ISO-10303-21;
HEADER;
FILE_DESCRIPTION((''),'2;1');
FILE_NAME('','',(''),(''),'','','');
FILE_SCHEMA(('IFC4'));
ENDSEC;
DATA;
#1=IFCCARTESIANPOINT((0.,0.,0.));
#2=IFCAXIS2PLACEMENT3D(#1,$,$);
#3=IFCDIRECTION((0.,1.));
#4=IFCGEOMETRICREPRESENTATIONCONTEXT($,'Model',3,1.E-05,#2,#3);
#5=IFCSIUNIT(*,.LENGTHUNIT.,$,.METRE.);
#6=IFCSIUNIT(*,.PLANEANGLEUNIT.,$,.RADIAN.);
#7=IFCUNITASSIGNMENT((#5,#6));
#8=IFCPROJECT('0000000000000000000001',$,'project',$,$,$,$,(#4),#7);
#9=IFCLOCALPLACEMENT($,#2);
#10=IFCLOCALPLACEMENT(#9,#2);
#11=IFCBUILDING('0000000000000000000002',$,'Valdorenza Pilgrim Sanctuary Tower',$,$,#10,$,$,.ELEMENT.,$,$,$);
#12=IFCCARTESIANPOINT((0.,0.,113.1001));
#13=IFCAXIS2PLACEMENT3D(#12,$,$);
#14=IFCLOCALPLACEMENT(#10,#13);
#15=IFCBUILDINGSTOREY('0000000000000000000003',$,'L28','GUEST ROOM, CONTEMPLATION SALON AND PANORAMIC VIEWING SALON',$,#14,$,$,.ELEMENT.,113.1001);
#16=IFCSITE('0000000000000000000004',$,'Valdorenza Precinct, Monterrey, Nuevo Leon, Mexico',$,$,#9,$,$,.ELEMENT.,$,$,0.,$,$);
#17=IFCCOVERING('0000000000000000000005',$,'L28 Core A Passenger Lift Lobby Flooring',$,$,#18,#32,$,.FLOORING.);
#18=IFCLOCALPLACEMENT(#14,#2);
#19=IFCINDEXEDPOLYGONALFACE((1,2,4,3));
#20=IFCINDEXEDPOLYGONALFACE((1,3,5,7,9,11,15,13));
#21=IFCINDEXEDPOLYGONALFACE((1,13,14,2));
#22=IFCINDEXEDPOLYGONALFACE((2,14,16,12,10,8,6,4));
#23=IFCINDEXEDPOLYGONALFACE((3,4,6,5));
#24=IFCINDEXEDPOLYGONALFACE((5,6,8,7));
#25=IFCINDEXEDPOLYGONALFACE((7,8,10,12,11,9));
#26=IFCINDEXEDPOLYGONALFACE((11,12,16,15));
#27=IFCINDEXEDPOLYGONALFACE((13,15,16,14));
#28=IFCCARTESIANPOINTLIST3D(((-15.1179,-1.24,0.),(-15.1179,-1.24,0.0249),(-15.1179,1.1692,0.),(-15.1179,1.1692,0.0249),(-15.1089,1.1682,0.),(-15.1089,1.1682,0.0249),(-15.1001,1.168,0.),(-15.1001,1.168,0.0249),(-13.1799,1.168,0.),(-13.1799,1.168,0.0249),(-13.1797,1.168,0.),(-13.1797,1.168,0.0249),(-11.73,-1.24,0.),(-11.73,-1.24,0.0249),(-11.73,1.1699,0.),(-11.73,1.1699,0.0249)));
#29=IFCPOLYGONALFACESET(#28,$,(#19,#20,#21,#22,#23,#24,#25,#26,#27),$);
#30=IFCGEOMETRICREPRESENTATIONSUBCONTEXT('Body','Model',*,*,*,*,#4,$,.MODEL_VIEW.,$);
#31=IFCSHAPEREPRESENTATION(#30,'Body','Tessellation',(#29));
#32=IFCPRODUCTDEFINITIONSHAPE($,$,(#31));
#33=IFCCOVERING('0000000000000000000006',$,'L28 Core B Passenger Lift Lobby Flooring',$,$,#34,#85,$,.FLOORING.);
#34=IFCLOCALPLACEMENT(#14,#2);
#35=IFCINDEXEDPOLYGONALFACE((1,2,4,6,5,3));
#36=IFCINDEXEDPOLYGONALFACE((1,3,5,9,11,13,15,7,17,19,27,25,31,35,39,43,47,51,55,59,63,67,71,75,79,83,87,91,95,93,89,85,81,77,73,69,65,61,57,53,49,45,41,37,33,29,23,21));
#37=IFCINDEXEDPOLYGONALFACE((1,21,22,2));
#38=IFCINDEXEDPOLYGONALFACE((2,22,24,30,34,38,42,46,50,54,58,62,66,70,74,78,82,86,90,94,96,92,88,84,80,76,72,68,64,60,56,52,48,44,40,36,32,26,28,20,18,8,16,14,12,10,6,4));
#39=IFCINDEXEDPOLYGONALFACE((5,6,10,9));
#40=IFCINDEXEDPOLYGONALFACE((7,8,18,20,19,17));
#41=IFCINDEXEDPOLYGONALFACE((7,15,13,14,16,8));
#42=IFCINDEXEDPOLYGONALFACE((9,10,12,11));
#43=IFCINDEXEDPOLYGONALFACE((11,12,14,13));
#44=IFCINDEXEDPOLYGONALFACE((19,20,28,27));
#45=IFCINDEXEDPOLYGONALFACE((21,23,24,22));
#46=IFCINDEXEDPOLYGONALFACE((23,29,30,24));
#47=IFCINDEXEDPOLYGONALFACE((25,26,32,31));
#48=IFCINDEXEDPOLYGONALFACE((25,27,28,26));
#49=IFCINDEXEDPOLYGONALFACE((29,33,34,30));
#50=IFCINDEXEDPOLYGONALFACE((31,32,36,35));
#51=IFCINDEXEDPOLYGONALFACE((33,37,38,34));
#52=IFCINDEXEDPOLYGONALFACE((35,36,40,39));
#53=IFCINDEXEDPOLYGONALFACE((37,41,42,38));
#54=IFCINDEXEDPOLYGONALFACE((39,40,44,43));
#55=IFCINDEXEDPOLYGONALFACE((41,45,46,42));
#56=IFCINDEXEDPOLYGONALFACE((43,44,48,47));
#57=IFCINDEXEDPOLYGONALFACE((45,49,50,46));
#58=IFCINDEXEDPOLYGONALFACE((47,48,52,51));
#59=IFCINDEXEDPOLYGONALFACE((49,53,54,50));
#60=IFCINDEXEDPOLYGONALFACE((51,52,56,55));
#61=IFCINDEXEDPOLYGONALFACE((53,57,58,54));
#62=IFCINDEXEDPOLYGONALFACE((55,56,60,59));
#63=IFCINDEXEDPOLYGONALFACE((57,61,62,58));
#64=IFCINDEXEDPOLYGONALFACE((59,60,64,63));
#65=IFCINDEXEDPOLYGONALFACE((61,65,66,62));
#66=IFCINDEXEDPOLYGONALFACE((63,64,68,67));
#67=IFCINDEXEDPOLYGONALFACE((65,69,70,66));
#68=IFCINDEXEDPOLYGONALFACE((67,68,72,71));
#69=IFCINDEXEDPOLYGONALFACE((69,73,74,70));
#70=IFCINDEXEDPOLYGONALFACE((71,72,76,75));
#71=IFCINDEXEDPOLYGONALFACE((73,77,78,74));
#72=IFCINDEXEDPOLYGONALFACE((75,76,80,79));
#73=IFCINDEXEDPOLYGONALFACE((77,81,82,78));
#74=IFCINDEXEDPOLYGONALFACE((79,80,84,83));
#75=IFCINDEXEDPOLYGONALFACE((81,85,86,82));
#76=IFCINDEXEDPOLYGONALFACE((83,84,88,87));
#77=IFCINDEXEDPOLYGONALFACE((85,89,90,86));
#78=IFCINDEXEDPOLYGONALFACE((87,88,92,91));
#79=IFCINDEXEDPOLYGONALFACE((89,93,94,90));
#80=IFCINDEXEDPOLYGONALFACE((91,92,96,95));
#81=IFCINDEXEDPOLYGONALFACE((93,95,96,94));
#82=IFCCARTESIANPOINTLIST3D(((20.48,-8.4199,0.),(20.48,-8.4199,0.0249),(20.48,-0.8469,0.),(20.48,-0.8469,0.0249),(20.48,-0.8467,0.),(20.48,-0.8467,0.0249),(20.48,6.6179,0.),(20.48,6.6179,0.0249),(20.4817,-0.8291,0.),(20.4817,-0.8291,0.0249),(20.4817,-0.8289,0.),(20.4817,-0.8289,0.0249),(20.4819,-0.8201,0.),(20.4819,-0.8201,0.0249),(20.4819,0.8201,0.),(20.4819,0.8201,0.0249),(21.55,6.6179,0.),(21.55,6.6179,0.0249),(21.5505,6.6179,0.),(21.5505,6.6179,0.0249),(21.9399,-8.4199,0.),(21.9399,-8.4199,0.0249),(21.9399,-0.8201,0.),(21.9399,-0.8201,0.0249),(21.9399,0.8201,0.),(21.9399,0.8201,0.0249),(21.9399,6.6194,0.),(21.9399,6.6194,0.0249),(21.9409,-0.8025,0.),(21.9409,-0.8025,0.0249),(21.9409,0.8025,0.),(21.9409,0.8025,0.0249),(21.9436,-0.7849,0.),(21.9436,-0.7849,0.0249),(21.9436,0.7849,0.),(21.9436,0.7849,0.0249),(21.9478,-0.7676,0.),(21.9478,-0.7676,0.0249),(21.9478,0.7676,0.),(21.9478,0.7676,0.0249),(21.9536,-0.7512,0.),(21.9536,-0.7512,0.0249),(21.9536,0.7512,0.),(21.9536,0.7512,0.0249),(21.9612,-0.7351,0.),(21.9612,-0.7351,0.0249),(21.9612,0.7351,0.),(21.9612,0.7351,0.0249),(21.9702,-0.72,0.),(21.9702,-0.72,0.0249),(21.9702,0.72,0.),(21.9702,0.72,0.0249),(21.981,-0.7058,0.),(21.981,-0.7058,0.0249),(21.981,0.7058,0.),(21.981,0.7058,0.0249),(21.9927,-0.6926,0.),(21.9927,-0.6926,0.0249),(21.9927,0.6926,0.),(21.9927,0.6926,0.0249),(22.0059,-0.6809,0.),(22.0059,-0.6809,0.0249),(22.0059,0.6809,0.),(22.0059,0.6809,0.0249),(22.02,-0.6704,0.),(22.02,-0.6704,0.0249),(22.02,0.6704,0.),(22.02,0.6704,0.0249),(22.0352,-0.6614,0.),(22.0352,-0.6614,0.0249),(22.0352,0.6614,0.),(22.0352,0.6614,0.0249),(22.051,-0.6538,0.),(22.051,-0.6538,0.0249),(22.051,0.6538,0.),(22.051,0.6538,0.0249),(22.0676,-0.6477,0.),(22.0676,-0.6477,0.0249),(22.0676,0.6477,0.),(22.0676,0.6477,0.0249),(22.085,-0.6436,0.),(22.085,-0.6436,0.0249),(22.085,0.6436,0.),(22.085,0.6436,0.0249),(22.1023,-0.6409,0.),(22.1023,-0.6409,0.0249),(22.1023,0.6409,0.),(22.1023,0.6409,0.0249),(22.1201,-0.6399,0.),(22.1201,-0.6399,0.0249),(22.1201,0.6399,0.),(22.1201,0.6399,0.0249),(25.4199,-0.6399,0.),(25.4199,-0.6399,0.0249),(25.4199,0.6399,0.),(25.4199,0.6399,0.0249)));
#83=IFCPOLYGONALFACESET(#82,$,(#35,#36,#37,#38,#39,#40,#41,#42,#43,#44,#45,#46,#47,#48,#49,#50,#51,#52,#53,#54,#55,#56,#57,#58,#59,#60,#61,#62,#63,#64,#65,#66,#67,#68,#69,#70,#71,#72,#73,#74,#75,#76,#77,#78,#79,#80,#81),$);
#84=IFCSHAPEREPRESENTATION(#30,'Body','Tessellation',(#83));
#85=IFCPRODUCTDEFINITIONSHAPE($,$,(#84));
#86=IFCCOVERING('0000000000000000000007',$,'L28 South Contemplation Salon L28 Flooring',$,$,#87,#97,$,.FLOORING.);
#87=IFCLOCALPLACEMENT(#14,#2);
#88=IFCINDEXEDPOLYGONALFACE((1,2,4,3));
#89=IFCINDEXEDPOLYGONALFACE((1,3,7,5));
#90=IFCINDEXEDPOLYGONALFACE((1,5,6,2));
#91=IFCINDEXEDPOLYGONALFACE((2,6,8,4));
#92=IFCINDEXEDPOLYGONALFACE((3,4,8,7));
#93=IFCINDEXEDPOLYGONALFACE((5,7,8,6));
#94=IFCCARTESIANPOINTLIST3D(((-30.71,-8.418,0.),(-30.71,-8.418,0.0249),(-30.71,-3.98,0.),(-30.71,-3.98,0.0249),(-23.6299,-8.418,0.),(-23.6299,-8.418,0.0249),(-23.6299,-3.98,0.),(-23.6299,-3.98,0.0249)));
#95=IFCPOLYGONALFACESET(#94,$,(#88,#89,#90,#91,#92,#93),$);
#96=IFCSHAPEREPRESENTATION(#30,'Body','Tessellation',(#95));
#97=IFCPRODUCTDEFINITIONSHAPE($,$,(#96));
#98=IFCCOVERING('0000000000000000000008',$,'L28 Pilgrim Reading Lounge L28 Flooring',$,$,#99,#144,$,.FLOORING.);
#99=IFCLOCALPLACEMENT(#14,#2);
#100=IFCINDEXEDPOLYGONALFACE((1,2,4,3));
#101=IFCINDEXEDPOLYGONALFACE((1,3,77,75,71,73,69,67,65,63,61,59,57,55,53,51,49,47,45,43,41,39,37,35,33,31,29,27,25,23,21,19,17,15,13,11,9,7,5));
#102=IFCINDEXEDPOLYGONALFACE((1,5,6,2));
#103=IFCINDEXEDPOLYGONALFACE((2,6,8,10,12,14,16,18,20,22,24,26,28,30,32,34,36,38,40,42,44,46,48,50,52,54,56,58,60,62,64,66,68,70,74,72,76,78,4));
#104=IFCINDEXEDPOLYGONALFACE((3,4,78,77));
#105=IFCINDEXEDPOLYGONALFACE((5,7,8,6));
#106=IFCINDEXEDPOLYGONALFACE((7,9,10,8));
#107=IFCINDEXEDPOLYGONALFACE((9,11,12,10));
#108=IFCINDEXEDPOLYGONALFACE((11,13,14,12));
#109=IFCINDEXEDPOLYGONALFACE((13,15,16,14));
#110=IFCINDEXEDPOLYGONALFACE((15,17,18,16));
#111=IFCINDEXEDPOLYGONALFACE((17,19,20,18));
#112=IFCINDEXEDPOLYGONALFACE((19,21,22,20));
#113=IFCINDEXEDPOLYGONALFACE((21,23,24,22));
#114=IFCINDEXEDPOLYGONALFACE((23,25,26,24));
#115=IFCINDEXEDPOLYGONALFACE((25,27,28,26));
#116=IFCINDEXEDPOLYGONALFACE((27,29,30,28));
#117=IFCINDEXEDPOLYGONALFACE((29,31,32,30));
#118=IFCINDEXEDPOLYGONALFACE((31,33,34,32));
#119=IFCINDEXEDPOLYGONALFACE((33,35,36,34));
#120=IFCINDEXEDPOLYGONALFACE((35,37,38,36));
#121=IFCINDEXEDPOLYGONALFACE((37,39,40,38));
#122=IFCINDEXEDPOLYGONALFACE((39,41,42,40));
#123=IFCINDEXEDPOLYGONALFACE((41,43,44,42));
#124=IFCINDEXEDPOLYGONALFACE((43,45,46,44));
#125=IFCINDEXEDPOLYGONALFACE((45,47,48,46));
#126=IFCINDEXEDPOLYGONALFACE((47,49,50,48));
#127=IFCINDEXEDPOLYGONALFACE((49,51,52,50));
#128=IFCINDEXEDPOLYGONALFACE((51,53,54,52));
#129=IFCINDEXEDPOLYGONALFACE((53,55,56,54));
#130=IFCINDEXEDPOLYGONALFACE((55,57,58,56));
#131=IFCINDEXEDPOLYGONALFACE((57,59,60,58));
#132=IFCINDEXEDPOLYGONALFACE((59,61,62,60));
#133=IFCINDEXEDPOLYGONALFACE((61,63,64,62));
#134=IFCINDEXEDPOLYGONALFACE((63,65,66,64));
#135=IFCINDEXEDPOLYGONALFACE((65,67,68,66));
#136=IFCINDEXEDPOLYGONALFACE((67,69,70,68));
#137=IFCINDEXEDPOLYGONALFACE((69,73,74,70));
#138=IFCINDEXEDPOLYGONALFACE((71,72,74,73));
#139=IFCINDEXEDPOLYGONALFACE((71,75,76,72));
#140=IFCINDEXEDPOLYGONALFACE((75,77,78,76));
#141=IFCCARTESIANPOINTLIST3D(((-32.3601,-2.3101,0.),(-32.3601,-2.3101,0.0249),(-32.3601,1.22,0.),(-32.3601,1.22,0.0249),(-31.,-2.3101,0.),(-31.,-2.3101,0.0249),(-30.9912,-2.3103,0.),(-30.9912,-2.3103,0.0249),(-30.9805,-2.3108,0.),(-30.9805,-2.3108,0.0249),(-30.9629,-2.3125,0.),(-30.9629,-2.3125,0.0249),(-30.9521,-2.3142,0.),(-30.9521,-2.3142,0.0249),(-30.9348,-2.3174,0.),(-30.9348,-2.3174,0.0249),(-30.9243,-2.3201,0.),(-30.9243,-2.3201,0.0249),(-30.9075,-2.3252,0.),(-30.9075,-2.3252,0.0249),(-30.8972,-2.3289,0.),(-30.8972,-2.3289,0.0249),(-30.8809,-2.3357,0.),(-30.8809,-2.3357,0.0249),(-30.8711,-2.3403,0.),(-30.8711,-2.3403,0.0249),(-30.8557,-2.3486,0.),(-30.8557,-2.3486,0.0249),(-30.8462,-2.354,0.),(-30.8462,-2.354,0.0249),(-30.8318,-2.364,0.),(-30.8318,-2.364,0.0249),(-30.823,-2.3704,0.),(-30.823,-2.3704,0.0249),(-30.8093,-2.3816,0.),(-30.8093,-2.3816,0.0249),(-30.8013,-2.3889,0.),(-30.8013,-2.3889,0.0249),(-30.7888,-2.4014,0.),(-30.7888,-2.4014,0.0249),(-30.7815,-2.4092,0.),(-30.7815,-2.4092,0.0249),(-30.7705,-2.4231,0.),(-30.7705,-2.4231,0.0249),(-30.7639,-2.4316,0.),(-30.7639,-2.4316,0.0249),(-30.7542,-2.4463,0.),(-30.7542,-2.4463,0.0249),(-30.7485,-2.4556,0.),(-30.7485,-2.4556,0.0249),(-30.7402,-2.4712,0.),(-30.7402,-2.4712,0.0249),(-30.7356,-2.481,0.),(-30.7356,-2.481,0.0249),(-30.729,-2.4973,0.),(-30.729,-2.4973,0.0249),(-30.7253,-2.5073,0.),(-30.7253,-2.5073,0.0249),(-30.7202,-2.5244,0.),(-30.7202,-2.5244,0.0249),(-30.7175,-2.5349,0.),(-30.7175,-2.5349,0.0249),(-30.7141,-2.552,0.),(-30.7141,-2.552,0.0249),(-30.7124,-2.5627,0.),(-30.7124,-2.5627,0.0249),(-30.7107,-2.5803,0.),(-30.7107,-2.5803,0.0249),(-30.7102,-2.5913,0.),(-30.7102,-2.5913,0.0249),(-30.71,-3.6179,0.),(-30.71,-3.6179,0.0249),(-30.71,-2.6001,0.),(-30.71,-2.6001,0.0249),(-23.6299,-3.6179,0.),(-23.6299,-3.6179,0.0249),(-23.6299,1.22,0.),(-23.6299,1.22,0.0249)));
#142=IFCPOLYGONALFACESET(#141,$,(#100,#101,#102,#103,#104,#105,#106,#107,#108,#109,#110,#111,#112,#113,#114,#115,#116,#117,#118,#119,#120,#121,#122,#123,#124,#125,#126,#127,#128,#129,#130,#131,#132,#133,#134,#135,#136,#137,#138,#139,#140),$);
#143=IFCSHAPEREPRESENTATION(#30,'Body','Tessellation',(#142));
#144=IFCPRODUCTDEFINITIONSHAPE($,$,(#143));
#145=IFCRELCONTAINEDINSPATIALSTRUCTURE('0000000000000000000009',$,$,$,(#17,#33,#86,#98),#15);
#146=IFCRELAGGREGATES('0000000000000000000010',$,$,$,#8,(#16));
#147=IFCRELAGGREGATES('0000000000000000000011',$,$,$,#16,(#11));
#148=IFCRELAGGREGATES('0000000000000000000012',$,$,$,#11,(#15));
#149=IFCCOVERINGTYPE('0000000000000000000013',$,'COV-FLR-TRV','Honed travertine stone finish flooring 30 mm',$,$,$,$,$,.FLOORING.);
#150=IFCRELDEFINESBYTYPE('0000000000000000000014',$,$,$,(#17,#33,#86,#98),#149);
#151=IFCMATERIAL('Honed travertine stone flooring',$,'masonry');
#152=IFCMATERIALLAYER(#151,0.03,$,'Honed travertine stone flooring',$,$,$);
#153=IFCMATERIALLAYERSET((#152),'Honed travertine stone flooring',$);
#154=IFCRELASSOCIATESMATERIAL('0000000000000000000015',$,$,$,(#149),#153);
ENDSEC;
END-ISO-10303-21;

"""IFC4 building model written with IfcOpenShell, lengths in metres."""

from ifc_helpers import new_model, si_unit, direction, frame, origin, place, context, subcontext, project, spatial, polyline, outline, extrude, material, layer, layer_set, type_object, element, save


model = new_model("IFC4")

# Units and contexts
model_context = context("Model", 3, precision=1e-05, world=origin(), true_north=direction((0.0, 1.0)))
body_context = subcontext(model_context, "Body", "Model", "MODEL_VIEW")
ifc_project = project(units=[si_unit("LENGTHUNIT", "METRE"), si_unit("PLANEANGLEUNIT", "RADIAN")], contexts=[model_context])

# Site, building, storey
site_placement = place(None, origin())
site = spatial("IfcSite", under=ifc_project, at=site_placement, Name="Valdorenza Precinct, Monterrey, Nuevo Leon, Mexico", CompositionType="ELEMENT", RefElevation=0.0)
building_placement = place(site_placement, origin())
building = spatial("IfcBuilding", under=site, at=building_placement, Name="Valdorenza Pilgrim Sanctuary Tower", CompositionType="ELEMENT")
storey_placement = place(building_placement, frame((0.0, 0.0, 113.1001)))
storey = spatial("IfcBuildingStorey", under=building, at=storey_placement, Name="L28", Description="GUEST ROOM, CONTEMPLATION SALON AND PANORAMIC VIEWING SALON", CompositionType="ELEMENT", Elevation=113.1001)

# Coverings
ifc_material_1 = material(Name="Honed travertine stone flooring", Category="masonry")
ifc_layer_1 = layer(ifc_material_1, 0.03, Name="Honed travertine stone flooring")
ifc_layer_set_1 = layer_set([ifc_layer_1], Name="Honed travertine stone flooring")
covering_type_1 = type_object("IfcCoveringType", Name="COV-FLR-TRV", Description="Honed travertine stone finish flooring 30 mm", PredefinedType="FLOORING", material=ifc_layer_set_1)
covering_1_placement = place(storey_placement, origin())
element("IfcCovering", 1, at=covering_1_placement, inside=storey, type_object=covering_type_1, Name="L28 Core A Passenger Lift Lobby Flooring", PredefinedType="FLOORING", context=body_context, shape_type="SweptSolid", body=[
    extrude(outline(polyline([(-15.1179, 1.1692), (-15.1089, 1.1682), (-15.1089, 1.1682), (-15.1001, 1.168), (-13.1799, 1.168), (-13.1797, 1.168), (-11.73, 1.1699), (-11.73, -1.24), (-15.1179, -1.24), (-15.1179, 1.1692)])), origin(), (0.0, 0.0, 1.0), 0.0249),
])
covering_2_placement = place(storey_placement, origin())
element("IfcCovering", 2, at=covering_2_placement, inside=storey, type_object=covering_type_1, Name="L28 Core B Passenger Lift Lobby Flooring", PredefinedType="FLOORING", context=body_context, shape_type="SweptSolid", body=[
    extrude(outline(polyline([(20.48, 6.6179), (21.55, 6.6179), (21.5505, 6.6179), (21.9399, 6.6194), (21.9399, 0.8201), (21.9409, 0.8025), (21.9436, 0.7849), (21.9478, 0.7676), (21.9536, 0.7512), (21.9612, 0.7351), (21.9702, 0.72), (21.981, 0.7058), (21.9927, 0.6926), (22.0059, 0.6809), (22.02, 0.6704), (22.0352, 0.6614), (22.051, 0.6538), (22.0676, 0.6477), (22.085, 0.6436), (22.1023, 0.6409), (22.1201, 0.6399), (25.4199, 0.6399), (25.4199, -0.6399), (22.1201, -0.6399), (22.1023, -0.6409), (22.085, -0.6436), (22.0676, -0.6477), (22.051, -0.6538), (22.0352, -0.6614), (22.02, -0.6704), (22.0059, -0.6809), (21.9927, -0.6926), (21.981, -0.7058), (21.9702, -0.72), (21.9612, -0.7351), (21.9536, -0.7512), (21.9478, -0.7676), (21.9436, -0.7849), (21.9409, -0.8025), (21.9399, -0.8201), (21.9399, -8.4199), (20.48, -8.4199), (20.48, -0.8469), (20.48, -0.8467), (20.48, -0.8467), (20.4817, -0.8291), (20.4817, -0.8289), (20.4819, -0.8201), (20.4819, 0.8201), (20.48, 6.6179)])), origin(), (0.0, 0.0, 1.0), 0.0249),
])
covering_3_placement = place(storey_placement, origin())
element("IfcCovering", 3, at=covering_3_placement, inside=storey, type_object=covering_type_1, Name="L28 South Contemplation Salon L28 Flooring", PredefinedType="FLOORING", context=body_context, shape_type="SweptSolid", body=[
    extrude(outline(polyline([(-23.6299, -8.418), (-30.71, -8.418), (-30.71, -3.98), (-23.6299, -3.98), (-23.6299, -8.418)])), origin(), (0.0, 0.0, 1.0), 0.0249),
])
covering_4_placement = place(storey_placement, origin())
element("IfcCovering", 4, at=covering_4_placement, inside=storey, type_object=covering_type_1, Name="L28 Pilgrim Reading Lounge L28 Flooring", PredefinedType="FLOORING", context=body_context, shape_type="SweptSolid", body=[
    extrude(outline(polyline([(-23.6299, -3.6179), (-30.71, -3.6179), (-30.71, -2.6001), (-30.7102, -2.5913), (-30.7107, -2.5803), (-30.7124, -2.5627), (-30.7141, -2.552), (-30.7175, -2.5349), (-30.7202, -2.5244), (-30.7253, -2.5073), (-30.729, -2.4973), (-30.7356, -2.481), (-30.7402, -2.4712), (-30.7485, -2.4556), (-30.7542, -2.4463), (-30.7639, -2.4316), (-30.7705, -2.4231), (-30.7815, -2.4092), (-30.7888, -2.4014), (-30.8013, -2.3889), (-30.8093, -2.3816), (-30.823, -2.3704), (-30.8318, -2.364), (-30.8462, -2.354), (-30.8557, -2.3486), (-30.8711, -2.3403), (-30.8809, -2.3357), (-30.8972, -2.3289), (-30.9075, -2.3252), (-30.9243, -2.3201), (-30.9348, -2.3174), (-30.9521, -2.3142), (-30.9629, -2.3125), (-30.9805, -2.3108), (-30.9912, -2.3103), (-31.0, -2.3101), (-32.3601, -2.3101), (-32.3601, 1.22), (-23.6299, 1.22), (-23.6299, -3.6179)])), origin(), (0.0, 0.0, 1.0), 0.0249),
])

save(model, "model.ifc")
